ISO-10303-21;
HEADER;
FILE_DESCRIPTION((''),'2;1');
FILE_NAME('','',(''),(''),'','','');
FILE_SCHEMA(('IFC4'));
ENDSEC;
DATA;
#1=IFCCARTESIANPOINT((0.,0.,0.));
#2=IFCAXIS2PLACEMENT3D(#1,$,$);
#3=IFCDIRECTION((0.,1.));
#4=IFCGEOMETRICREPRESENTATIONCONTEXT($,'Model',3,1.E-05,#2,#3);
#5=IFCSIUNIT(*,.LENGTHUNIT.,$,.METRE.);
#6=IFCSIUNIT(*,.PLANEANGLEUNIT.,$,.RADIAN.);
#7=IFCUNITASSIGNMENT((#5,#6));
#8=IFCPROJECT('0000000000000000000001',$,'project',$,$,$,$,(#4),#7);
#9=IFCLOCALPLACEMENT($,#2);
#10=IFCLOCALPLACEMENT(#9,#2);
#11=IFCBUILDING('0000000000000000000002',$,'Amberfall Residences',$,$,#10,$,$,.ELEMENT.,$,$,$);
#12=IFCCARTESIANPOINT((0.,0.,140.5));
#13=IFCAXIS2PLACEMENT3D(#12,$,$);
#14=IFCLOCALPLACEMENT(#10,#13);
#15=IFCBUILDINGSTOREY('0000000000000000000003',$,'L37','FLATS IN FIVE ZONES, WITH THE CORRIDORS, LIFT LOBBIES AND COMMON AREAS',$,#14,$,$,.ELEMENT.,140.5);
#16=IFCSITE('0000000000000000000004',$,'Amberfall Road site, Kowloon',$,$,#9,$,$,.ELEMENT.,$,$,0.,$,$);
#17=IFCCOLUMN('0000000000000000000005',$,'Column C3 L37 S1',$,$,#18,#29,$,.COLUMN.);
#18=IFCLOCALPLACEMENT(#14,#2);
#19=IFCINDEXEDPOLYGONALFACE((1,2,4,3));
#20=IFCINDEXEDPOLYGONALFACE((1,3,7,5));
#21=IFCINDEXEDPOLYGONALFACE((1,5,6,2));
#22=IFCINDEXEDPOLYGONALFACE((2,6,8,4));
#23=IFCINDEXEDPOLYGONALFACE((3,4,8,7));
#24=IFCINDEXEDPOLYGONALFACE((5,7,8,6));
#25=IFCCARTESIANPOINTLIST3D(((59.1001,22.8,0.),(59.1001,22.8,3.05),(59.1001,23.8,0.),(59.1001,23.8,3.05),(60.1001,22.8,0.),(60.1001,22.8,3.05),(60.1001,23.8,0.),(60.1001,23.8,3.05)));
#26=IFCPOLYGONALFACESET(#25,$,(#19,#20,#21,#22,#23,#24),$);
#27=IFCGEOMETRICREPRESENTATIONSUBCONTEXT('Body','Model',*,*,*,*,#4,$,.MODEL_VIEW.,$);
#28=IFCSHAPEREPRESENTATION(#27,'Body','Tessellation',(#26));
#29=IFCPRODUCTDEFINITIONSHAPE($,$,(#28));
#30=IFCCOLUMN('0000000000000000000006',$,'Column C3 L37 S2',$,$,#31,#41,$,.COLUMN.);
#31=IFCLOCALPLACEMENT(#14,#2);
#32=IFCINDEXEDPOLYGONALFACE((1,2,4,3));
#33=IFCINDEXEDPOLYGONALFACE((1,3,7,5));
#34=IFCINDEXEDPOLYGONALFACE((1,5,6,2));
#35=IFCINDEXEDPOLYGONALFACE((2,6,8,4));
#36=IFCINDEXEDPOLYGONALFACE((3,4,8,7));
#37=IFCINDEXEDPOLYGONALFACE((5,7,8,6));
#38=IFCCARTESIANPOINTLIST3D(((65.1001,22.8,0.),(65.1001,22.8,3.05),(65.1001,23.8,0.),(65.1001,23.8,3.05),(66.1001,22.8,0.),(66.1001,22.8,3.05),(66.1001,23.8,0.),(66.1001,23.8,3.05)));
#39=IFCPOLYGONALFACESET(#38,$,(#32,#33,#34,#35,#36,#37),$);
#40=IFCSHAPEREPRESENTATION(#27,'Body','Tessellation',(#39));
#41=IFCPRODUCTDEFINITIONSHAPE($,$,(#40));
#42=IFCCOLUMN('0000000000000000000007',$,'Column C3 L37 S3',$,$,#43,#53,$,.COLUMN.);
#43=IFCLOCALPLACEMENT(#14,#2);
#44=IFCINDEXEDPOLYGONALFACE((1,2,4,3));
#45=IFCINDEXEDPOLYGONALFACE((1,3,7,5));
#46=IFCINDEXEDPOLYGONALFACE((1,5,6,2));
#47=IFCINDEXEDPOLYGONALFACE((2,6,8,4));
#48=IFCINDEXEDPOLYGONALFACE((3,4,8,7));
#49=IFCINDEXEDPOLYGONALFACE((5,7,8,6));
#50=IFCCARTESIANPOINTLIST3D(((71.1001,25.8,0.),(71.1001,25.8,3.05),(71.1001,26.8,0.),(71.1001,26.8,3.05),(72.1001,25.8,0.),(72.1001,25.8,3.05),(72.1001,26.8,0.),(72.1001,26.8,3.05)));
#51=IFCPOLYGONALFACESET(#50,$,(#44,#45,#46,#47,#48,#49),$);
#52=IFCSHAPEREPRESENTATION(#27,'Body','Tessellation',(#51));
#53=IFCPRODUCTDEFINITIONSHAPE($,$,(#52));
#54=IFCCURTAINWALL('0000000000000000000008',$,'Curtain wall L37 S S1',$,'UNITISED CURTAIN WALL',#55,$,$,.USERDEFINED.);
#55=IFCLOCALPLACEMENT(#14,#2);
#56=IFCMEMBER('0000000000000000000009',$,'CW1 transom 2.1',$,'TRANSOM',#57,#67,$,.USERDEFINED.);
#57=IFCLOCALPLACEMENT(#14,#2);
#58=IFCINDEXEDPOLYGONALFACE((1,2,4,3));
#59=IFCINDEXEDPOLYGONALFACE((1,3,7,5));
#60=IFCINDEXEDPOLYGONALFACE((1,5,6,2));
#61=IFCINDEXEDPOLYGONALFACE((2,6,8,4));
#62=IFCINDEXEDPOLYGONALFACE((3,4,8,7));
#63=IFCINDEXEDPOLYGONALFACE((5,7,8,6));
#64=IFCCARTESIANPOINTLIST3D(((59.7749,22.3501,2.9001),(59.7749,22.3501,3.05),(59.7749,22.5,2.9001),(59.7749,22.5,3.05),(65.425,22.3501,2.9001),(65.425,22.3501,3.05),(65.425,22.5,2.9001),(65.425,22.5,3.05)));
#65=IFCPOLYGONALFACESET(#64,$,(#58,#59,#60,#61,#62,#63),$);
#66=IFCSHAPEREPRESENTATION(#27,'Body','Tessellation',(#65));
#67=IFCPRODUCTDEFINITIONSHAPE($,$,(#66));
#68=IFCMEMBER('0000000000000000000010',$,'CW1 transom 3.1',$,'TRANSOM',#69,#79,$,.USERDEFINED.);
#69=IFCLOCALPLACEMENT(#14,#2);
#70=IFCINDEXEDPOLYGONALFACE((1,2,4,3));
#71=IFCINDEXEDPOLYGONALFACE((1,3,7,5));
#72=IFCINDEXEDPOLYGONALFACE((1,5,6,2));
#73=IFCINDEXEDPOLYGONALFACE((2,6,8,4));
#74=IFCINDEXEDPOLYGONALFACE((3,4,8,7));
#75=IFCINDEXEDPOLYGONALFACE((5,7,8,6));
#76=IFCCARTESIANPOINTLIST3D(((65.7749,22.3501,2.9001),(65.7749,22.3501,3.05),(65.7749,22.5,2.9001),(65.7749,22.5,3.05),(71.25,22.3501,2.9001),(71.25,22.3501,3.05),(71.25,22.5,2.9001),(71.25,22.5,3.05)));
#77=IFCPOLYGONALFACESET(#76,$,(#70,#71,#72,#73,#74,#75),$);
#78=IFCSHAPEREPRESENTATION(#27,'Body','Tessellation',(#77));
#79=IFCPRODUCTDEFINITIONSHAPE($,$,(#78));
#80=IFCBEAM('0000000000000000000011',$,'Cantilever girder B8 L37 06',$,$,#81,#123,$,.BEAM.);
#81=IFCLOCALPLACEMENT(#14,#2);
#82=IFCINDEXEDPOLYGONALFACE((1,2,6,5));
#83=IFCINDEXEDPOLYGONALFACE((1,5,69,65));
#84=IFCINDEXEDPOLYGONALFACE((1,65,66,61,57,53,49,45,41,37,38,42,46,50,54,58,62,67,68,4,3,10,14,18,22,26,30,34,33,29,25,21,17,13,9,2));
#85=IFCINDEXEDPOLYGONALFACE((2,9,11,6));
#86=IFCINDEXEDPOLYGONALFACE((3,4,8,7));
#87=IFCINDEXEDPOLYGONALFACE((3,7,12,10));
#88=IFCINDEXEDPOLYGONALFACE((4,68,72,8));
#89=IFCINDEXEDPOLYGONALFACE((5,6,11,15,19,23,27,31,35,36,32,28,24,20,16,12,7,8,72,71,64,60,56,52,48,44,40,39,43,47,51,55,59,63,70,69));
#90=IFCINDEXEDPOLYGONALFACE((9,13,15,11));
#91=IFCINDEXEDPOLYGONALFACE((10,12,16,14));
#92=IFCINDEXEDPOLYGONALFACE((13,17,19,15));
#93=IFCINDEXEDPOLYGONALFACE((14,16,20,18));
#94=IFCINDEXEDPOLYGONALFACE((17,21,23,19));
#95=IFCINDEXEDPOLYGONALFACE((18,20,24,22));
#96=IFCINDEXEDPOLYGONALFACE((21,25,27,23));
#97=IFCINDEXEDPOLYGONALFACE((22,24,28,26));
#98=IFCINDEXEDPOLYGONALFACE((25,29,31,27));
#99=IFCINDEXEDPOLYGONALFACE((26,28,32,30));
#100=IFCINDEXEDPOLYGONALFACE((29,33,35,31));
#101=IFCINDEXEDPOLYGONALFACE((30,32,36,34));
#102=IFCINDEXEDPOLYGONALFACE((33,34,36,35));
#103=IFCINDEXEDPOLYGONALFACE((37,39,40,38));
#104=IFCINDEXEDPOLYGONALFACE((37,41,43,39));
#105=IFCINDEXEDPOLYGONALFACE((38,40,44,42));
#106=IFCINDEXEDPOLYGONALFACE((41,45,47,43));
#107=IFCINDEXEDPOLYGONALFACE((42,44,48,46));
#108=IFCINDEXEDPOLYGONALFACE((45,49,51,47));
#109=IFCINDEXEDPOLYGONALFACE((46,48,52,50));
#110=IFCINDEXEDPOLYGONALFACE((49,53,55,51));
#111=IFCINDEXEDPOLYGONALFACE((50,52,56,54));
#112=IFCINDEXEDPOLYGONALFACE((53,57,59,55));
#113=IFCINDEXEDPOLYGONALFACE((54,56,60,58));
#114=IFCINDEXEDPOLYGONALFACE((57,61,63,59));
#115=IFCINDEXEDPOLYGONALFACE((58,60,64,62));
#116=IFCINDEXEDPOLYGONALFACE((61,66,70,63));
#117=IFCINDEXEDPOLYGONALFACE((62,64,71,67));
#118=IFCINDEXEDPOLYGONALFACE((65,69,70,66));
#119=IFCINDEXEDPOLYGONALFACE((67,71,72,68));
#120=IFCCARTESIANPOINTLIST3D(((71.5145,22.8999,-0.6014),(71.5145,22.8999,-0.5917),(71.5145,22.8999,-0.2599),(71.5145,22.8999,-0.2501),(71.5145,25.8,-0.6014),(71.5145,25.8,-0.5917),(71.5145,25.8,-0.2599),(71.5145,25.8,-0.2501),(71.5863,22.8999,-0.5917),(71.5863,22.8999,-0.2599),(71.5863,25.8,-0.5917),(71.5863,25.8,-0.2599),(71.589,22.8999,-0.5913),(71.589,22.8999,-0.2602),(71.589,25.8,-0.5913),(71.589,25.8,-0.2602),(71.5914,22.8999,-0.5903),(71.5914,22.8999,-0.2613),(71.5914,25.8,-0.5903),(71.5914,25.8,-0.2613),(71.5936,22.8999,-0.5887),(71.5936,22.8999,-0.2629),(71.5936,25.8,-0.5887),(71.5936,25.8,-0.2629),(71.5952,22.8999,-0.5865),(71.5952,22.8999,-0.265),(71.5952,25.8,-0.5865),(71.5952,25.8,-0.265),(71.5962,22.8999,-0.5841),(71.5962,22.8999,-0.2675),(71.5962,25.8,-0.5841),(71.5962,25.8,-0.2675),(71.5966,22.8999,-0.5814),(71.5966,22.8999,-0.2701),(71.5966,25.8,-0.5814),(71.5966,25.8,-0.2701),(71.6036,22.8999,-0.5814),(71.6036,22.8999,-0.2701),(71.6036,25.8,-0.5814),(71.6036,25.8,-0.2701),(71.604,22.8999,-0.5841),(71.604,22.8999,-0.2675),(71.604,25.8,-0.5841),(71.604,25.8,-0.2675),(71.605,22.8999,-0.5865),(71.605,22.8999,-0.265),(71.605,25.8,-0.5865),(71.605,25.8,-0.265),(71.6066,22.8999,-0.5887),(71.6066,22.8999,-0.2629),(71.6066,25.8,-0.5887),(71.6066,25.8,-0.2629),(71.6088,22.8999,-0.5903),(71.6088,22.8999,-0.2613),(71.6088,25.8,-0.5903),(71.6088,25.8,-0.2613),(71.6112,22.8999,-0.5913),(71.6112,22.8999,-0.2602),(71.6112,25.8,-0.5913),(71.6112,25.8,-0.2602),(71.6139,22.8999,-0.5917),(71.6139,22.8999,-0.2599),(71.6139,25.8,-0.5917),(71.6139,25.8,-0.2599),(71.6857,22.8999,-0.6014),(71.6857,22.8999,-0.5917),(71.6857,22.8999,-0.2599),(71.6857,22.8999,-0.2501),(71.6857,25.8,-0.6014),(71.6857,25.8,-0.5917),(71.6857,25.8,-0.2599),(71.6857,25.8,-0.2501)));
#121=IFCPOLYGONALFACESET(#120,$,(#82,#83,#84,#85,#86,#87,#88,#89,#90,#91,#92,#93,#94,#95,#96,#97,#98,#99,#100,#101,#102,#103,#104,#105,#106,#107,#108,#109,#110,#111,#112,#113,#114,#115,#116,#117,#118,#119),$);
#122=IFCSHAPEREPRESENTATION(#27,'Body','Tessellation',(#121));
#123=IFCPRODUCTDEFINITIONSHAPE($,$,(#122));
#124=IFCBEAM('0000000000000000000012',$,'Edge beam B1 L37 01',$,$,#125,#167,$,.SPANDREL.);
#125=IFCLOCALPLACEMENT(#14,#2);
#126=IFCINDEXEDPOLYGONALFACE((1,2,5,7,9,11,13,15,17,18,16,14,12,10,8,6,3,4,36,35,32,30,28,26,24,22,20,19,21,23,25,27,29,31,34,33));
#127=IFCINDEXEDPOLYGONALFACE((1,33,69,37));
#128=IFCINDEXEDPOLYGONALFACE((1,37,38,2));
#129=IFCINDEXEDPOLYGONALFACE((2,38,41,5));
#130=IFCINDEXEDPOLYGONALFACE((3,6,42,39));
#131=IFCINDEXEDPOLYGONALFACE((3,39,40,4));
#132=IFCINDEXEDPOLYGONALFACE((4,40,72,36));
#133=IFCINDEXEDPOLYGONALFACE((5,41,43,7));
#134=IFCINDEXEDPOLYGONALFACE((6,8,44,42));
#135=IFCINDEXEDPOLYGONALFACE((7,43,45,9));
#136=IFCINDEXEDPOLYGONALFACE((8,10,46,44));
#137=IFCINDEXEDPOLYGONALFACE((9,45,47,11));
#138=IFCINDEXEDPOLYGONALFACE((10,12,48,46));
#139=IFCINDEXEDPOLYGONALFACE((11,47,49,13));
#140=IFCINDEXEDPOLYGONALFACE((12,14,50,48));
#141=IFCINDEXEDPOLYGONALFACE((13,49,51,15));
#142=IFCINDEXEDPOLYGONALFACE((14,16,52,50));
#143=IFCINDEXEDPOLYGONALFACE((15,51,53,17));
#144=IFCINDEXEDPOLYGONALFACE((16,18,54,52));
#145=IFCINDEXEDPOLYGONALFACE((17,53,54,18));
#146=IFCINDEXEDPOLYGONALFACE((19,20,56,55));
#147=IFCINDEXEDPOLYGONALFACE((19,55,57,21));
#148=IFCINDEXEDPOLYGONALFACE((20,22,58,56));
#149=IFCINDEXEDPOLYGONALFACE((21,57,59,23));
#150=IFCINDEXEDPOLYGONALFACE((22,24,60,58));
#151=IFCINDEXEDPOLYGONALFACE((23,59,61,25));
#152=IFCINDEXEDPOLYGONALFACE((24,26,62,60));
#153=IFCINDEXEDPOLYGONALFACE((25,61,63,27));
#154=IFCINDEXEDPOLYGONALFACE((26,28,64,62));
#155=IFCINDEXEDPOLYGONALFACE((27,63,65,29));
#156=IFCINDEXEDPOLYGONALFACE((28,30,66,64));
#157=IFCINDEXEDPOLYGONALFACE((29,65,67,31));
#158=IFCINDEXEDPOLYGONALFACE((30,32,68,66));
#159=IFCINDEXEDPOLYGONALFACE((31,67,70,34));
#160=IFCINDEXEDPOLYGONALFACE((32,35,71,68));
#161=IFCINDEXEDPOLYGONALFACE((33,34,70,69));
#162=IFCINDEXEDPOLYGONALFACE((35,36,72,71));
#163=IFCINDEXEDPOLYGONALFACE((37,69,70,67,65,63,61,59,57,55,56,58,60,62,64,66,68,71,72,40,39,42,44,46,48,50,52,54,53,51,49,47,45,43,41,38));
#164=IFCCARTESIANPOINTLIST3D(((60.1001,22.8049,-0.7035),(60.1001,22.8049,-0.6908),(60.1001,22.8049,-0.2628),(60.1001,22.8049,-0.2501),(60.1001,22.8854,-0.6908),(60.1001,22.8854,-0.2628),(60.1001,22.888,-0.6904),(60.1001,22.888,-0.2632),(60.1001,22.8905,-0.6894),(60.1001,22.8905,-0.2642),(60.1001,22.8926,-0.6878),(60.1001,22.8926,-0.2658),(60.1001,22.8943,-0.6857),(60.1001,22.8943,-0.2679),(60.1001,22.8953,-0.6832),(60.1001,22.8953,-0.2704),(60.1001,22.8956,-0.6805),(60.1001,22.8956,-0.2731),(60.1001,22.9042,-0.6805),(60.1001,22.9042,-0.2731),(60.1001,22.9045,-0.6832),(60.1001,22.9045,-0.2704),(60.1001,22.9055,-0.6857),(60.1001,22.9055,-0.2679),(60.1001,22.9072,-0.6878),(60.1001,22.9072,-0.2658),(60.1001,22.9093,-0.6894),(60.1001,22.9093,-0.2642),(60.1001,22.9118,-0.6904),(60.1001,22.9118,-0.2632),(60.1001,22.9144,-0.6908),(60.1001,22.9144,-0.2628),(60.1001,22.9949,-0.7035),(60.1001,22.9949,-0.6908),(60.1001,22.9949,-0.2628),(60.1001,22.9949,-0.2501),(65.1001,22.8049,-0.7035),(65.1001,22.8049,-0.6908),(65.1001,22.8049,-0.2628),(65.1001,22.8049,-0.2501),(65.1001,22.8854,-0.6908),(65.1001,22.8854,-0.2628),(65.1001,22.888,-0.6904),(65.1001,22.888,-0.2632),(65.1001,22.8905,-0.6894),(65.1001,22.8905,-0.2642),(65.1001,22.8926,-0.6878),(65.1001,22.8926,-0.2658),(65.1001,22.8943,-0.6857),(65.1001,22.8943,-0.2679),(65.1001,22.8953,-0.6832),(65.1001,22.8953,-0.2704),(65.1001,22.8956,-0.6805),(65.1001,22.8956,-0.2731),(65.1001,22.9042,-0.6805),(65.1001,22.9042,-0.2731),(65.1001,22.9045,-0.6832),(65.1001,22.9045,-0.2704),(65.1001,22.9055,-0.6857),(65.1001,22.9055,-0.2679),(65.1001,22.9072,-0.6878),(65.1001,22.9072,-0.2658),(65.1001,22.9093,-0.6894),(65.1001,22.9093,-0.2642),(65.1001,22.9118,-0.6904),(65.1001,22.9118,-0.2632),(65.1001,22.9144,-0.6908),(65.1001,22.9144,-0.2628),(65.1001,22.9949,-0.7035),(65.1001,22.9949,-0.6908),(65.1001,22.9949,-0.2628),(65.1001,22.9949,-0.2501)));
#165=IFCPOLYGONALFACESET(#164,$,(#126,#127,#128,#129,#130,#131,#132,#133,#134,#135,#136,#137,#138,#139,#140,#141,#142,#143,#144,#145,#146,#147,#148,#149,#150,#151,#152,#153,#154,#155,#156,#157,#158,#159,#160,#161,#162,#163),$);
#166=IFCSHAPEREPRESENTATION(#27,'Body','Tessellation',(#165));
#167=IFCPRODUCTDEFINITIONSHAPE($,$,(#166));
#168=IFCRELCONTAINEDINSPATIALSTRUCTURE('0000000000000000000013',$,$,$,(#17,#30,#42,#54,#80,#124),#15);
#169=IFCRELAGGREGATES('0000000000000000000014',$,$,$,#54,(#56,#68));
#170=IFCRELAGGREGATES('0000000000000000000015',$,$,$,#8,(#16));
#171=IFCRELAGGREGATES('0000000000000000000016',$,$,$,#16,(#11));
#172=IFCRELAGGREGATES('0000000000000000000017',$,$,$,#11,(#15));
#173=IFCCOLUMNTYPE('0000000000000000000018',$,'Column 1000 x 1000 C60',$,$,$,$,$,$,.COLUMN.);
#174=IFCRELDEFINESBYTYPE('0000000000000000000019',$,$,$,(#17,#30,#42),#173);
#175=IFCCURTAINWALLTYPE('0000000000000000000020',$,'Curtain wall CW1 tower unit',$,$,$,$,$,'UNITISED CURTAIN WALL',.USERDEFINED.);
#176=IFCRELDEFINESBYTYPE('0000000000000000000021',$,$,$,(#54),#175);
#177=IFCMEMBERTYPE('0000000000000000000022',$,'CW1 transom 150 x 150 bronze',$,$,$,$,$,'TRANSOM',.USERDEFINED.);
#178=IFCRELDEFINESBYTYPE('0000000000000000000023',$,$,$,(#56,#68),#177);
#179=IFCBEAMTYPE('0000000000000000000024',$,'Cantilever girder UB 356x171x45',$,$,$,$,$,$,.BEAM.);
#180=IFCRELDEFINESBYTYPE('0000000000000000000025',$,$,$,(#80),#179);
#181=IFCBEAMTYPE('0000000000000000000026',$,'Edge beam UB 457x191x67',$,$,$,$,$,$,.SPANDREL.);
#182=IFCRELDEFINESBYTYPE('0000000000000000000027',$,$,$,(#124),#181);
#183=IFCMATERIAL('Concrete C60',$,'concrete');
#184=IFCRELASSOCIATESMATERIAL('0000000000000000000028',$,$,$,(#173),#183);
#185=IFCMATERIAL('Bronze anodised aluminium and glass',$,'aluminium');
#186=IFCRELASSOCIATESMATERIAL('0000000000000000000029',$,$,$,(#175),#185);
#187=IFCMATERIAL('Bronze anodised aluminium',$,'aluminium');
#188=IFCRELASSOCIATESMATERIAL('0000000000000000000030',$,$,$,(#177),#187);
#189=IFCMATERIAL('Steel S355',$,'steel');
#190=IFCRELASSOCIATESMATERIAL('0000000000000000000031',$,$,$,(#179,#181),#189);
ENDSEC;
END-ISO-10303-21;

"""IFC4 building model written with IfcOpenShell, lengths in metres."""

from ifc_helpers import new_model, si_unit, direction, frame, origin, origin_2d, place, context, subcontext, project, spatial, rectangle, i_section, extrude, material, material_profile, profile_set, type_object, element, aggregate, save


model = new_model("IFC4")

# Units and contexts
model_context = context("Model", 3, precision=1e-05, world=origin(), true_north=direction((0.0, 1.0)))
body_context = subcontext(model_context, "Body", "Model", "MODEL_VIEW")
ifc_project = project(units=[si_unit("LENGTHUNIT", "METRE"), si_unit("PLANEANGLEUNIT", "RADIAN")], contexts=[model_context])

# Site, building, storey
site_placement = place(None, origin())
site = spatial("IfcSite", under=ifc_project, at=site_placement, Name="Amberfall Road site, Kowloon", CompositionType="ELEMENT", RefElevation=0.0)
building_placement = place(site_placement, origin())
building = spatial("IfcBuilding", under=site, at=building_placement, Name="Amberfall Residences", CompositionType="ELEMENT")
storey_placement = place(building_placement, frame((0.0, 0.0, 140.5)))
storey = spatial("IfcBuildingStorey", under=building, at=storey_placement, Name="L37", Description="FLATS IN FIVE ZONES, WITH THE CORRIDORS, LIFT LOBBIES AND COMMON AREAS", CompositionType="ELEMENT", Elevation=140.5)

# Columns
ifc_material_1 = material(Name="Concrete C60", Category="concrete")
ifc_material_profile_1 = material_profile(ifc_material_1, rectangle(XDim=1.0, YDim=1.0, at=origin_2d()), Name="Column 1000 x 1000 C60")
ifc_profile_set_1 = profile_set([ifc_material_profile_1], Name="Concrete C60")
column_type = type_object("IfcColumnType", Name="Column 1000 x 1000 C60", PredefinedType="COLUMN", material=ifc_profile_set_1)
for number, where, z_axis, x_axis, name in (
    (1, (59.6001, 23.3, 0.0), (0.0, 0.0, 1.0), (1.0, 0.0, 0.0), "Column C3 L37 S1"),
    (2, (65.6001, 23.3, 0.0), (0.0, 0.0, 1.0), (1.0, 0.0, 0.0), "Column C3 L37 S2"),
    (3, (71.6001, 26.3, 0.0), (0.0, 0.0, 1.0), (1.0, 0.0, 0.0), "Column C3 L37 S3"),
):
    element("IfcColumn", number, at=place(storey_placement, frame(where, z_axis=z_axis, x_axis=x_axis)), inside=storey, type_object=column_type, Name=name, PredefinedType="COLUMN", context=body_context, shape_type="SweptSolid", body=[
        extrude(rectangle(XDim=1.0, YDim=1.0, at=origin_2d()), origin(), (0.0, 0.0, 1.0), 3.05),
    ])

# Curtain wall, members
ifc_material_2 = material(Name="Bronze anodised aluminium and glass", Category="aluminium")
curtain_wall_type = type_object("IfcCurtainWallType", Name="Curtain wall CW1 tower unit", ElementType="UNITISED CURTAIN WALL", PredefinedType="USERDEFINED", material=ifc_material_2)
curtain_wall_placement = place(storey_placement, origin())
curtain_wall = element("IfcCurtainWall", 4, at=curtain_wall_placement, inside=storey, type_object=curtain_wall_type, Name="Curtain wall L37 S S1", ObjectType="UNITISED CURTAIN WALL", PredefinedType="USERDEFINED")
ifc_material_3 = material(Name="Bronze anodised aluminium", Category="aluminium")
ifc_material_profile_2 = material_profile(ifc_material_3, rectangle(XDim=0.1499, YDim=0.1499, at=origin_2d()), Name="CW1 transom 150 x 150 bronze")
ifc_profile_set_2 = profile_set([ifc_material_profile_2], Name="Bronze anodised aluminium")
member_type_1 = type_object("IfcMemberType", Name="CW1 transom 150 x 150 bronze", ElementType="TRANSOM", PredefinedType="USERDEFINED", material=ifc_profile_set_2)
member_1_placement = place(storey_placement, frame((59.7749, 22.425, 2.9751), z_axis=(1.0, 0.0, 0.0), x_axis=(0.0, 1.0, 0.0)))
member_1 = element("IfcMember", 5, at=member_1_placement, type_object=member_type_1, Name="CW1 transom 2.1", ObjectType="TRANSOM", PredefinedType="USERDEFINED", context=body_context, shape_type="SweptSolid", body=[
    extrude(rectangle(XDim=0.1499, YDim=0.1499, at=origin_2d()), origin(), (0.0, 0.0, 1.0), 5.6501),
])
member_2_placement = place(storey_placement, frame((65.7749, 22.425, 2.9751), z_axis=(1.0, 0.0, 0.0), x_axis=(0.0, 1.0, 0.0)))
member_2 = element("IfcMember", 6, at=member_2_placement, type_object=member_type_1, Name="CW1 transom 3.1", ObjectType="TRANSOM", PredefinedType="USERDEFINED", context=body_context, shape_type="SweptSolid", body=[
    extrude(rectangle(XDim=0.1499, YDim=0.1499, at=origin_2d()), origin(), (0.0, 0.0, 1.0), 5.4751),
])

# Beams
ifc_material_4 = material(Name="Steel S355", Category="steel")
ifc_material_profile_3 = material_profile(ifc_material_4, i_section(OverallWidth=0.1711, OverallDepth=0.3513, WebThickness=0.0071, FlangeThickness=0.0098, FilletRadius=0.0103, at=origin_2d()), Name="UB 356x171x45")
ifc_profile_set_3 = profile_set([ifc_material_profile_3], Name="Steel S355")
beam_type_1 = type_object("IfcBeamType", Name="Cantilever girder UB 356x171x45", PredefinedType="BEAM", material=ifc_profile_set_3)
beam_1_placement = place(storey_placement, frame((71.6001, 25.8, -0.4258), z_axis=(0.0, -1.0, 0.0), x_axis=(1.0, 0.0, 0.0)))
element("IfcBeam", 7, at=beam_1_placement, inside=storey, type_object=beam_type_1, Name="Cantilever girder B8 L37 06", PredefinedType="BEAM", context=body_context, shape_type="SweptSolid", body=[
    extrude(i_section(OverallWidth=0.1711, OverallDepth=0.3513, WebThickness=0.0071, FlangeThickness=0.0098, FilletRadius=0.0103, at=origin_2d()), origin(), (0.0, 0.0, 1.0), 2.9001),
])
ifc_material_profile_4 = material_profile(ifc_material_4, i_section(OverallWidth=0.1899, OverallDepth=0.4534, WebThickness=0.0085, FlangeThickness=0.0127, FilletRadius=0.0103, at=origin_2d()), Name="UB 457x191x67")
ifc_profile_set_4 = profile_set([ifc_material_profile_4], Name="Steel S355")
beam_type_2 = type_object("IfcBeamType", Name="Edge beam UB 457x191x67", PredefinedType="SPANDREL", material=ifc_profile_set_4)
beam_2_placement = place(storey_placement, frame((60.1001, 22.8999, -0.4768), z_axis=(1.0, 0.0, 0.0), x_axis=(0.0, 1.0, 0.0)))
element("IfcBeam", 8, at=beam_2_placement, inside=storey, type_object=beam_type_2, Name="Edge beam B1 L37 01", PredefinedType="SPANDREL", context=body_context, shape_type="SweptSolid", body=[
    extrude(i_section(OverallWidth=0.1899, OverallDepth=0.4534, WebThickness=0.0085, FlangeThickness=0.0127, FilletRadius=0.0103, at=origin_2d()), origin(), (0.0, 0.0, 1.0), 5.0),
])

aggregate(curtain_wall, [member_1, member_2])

save(model, "model.ifc")
